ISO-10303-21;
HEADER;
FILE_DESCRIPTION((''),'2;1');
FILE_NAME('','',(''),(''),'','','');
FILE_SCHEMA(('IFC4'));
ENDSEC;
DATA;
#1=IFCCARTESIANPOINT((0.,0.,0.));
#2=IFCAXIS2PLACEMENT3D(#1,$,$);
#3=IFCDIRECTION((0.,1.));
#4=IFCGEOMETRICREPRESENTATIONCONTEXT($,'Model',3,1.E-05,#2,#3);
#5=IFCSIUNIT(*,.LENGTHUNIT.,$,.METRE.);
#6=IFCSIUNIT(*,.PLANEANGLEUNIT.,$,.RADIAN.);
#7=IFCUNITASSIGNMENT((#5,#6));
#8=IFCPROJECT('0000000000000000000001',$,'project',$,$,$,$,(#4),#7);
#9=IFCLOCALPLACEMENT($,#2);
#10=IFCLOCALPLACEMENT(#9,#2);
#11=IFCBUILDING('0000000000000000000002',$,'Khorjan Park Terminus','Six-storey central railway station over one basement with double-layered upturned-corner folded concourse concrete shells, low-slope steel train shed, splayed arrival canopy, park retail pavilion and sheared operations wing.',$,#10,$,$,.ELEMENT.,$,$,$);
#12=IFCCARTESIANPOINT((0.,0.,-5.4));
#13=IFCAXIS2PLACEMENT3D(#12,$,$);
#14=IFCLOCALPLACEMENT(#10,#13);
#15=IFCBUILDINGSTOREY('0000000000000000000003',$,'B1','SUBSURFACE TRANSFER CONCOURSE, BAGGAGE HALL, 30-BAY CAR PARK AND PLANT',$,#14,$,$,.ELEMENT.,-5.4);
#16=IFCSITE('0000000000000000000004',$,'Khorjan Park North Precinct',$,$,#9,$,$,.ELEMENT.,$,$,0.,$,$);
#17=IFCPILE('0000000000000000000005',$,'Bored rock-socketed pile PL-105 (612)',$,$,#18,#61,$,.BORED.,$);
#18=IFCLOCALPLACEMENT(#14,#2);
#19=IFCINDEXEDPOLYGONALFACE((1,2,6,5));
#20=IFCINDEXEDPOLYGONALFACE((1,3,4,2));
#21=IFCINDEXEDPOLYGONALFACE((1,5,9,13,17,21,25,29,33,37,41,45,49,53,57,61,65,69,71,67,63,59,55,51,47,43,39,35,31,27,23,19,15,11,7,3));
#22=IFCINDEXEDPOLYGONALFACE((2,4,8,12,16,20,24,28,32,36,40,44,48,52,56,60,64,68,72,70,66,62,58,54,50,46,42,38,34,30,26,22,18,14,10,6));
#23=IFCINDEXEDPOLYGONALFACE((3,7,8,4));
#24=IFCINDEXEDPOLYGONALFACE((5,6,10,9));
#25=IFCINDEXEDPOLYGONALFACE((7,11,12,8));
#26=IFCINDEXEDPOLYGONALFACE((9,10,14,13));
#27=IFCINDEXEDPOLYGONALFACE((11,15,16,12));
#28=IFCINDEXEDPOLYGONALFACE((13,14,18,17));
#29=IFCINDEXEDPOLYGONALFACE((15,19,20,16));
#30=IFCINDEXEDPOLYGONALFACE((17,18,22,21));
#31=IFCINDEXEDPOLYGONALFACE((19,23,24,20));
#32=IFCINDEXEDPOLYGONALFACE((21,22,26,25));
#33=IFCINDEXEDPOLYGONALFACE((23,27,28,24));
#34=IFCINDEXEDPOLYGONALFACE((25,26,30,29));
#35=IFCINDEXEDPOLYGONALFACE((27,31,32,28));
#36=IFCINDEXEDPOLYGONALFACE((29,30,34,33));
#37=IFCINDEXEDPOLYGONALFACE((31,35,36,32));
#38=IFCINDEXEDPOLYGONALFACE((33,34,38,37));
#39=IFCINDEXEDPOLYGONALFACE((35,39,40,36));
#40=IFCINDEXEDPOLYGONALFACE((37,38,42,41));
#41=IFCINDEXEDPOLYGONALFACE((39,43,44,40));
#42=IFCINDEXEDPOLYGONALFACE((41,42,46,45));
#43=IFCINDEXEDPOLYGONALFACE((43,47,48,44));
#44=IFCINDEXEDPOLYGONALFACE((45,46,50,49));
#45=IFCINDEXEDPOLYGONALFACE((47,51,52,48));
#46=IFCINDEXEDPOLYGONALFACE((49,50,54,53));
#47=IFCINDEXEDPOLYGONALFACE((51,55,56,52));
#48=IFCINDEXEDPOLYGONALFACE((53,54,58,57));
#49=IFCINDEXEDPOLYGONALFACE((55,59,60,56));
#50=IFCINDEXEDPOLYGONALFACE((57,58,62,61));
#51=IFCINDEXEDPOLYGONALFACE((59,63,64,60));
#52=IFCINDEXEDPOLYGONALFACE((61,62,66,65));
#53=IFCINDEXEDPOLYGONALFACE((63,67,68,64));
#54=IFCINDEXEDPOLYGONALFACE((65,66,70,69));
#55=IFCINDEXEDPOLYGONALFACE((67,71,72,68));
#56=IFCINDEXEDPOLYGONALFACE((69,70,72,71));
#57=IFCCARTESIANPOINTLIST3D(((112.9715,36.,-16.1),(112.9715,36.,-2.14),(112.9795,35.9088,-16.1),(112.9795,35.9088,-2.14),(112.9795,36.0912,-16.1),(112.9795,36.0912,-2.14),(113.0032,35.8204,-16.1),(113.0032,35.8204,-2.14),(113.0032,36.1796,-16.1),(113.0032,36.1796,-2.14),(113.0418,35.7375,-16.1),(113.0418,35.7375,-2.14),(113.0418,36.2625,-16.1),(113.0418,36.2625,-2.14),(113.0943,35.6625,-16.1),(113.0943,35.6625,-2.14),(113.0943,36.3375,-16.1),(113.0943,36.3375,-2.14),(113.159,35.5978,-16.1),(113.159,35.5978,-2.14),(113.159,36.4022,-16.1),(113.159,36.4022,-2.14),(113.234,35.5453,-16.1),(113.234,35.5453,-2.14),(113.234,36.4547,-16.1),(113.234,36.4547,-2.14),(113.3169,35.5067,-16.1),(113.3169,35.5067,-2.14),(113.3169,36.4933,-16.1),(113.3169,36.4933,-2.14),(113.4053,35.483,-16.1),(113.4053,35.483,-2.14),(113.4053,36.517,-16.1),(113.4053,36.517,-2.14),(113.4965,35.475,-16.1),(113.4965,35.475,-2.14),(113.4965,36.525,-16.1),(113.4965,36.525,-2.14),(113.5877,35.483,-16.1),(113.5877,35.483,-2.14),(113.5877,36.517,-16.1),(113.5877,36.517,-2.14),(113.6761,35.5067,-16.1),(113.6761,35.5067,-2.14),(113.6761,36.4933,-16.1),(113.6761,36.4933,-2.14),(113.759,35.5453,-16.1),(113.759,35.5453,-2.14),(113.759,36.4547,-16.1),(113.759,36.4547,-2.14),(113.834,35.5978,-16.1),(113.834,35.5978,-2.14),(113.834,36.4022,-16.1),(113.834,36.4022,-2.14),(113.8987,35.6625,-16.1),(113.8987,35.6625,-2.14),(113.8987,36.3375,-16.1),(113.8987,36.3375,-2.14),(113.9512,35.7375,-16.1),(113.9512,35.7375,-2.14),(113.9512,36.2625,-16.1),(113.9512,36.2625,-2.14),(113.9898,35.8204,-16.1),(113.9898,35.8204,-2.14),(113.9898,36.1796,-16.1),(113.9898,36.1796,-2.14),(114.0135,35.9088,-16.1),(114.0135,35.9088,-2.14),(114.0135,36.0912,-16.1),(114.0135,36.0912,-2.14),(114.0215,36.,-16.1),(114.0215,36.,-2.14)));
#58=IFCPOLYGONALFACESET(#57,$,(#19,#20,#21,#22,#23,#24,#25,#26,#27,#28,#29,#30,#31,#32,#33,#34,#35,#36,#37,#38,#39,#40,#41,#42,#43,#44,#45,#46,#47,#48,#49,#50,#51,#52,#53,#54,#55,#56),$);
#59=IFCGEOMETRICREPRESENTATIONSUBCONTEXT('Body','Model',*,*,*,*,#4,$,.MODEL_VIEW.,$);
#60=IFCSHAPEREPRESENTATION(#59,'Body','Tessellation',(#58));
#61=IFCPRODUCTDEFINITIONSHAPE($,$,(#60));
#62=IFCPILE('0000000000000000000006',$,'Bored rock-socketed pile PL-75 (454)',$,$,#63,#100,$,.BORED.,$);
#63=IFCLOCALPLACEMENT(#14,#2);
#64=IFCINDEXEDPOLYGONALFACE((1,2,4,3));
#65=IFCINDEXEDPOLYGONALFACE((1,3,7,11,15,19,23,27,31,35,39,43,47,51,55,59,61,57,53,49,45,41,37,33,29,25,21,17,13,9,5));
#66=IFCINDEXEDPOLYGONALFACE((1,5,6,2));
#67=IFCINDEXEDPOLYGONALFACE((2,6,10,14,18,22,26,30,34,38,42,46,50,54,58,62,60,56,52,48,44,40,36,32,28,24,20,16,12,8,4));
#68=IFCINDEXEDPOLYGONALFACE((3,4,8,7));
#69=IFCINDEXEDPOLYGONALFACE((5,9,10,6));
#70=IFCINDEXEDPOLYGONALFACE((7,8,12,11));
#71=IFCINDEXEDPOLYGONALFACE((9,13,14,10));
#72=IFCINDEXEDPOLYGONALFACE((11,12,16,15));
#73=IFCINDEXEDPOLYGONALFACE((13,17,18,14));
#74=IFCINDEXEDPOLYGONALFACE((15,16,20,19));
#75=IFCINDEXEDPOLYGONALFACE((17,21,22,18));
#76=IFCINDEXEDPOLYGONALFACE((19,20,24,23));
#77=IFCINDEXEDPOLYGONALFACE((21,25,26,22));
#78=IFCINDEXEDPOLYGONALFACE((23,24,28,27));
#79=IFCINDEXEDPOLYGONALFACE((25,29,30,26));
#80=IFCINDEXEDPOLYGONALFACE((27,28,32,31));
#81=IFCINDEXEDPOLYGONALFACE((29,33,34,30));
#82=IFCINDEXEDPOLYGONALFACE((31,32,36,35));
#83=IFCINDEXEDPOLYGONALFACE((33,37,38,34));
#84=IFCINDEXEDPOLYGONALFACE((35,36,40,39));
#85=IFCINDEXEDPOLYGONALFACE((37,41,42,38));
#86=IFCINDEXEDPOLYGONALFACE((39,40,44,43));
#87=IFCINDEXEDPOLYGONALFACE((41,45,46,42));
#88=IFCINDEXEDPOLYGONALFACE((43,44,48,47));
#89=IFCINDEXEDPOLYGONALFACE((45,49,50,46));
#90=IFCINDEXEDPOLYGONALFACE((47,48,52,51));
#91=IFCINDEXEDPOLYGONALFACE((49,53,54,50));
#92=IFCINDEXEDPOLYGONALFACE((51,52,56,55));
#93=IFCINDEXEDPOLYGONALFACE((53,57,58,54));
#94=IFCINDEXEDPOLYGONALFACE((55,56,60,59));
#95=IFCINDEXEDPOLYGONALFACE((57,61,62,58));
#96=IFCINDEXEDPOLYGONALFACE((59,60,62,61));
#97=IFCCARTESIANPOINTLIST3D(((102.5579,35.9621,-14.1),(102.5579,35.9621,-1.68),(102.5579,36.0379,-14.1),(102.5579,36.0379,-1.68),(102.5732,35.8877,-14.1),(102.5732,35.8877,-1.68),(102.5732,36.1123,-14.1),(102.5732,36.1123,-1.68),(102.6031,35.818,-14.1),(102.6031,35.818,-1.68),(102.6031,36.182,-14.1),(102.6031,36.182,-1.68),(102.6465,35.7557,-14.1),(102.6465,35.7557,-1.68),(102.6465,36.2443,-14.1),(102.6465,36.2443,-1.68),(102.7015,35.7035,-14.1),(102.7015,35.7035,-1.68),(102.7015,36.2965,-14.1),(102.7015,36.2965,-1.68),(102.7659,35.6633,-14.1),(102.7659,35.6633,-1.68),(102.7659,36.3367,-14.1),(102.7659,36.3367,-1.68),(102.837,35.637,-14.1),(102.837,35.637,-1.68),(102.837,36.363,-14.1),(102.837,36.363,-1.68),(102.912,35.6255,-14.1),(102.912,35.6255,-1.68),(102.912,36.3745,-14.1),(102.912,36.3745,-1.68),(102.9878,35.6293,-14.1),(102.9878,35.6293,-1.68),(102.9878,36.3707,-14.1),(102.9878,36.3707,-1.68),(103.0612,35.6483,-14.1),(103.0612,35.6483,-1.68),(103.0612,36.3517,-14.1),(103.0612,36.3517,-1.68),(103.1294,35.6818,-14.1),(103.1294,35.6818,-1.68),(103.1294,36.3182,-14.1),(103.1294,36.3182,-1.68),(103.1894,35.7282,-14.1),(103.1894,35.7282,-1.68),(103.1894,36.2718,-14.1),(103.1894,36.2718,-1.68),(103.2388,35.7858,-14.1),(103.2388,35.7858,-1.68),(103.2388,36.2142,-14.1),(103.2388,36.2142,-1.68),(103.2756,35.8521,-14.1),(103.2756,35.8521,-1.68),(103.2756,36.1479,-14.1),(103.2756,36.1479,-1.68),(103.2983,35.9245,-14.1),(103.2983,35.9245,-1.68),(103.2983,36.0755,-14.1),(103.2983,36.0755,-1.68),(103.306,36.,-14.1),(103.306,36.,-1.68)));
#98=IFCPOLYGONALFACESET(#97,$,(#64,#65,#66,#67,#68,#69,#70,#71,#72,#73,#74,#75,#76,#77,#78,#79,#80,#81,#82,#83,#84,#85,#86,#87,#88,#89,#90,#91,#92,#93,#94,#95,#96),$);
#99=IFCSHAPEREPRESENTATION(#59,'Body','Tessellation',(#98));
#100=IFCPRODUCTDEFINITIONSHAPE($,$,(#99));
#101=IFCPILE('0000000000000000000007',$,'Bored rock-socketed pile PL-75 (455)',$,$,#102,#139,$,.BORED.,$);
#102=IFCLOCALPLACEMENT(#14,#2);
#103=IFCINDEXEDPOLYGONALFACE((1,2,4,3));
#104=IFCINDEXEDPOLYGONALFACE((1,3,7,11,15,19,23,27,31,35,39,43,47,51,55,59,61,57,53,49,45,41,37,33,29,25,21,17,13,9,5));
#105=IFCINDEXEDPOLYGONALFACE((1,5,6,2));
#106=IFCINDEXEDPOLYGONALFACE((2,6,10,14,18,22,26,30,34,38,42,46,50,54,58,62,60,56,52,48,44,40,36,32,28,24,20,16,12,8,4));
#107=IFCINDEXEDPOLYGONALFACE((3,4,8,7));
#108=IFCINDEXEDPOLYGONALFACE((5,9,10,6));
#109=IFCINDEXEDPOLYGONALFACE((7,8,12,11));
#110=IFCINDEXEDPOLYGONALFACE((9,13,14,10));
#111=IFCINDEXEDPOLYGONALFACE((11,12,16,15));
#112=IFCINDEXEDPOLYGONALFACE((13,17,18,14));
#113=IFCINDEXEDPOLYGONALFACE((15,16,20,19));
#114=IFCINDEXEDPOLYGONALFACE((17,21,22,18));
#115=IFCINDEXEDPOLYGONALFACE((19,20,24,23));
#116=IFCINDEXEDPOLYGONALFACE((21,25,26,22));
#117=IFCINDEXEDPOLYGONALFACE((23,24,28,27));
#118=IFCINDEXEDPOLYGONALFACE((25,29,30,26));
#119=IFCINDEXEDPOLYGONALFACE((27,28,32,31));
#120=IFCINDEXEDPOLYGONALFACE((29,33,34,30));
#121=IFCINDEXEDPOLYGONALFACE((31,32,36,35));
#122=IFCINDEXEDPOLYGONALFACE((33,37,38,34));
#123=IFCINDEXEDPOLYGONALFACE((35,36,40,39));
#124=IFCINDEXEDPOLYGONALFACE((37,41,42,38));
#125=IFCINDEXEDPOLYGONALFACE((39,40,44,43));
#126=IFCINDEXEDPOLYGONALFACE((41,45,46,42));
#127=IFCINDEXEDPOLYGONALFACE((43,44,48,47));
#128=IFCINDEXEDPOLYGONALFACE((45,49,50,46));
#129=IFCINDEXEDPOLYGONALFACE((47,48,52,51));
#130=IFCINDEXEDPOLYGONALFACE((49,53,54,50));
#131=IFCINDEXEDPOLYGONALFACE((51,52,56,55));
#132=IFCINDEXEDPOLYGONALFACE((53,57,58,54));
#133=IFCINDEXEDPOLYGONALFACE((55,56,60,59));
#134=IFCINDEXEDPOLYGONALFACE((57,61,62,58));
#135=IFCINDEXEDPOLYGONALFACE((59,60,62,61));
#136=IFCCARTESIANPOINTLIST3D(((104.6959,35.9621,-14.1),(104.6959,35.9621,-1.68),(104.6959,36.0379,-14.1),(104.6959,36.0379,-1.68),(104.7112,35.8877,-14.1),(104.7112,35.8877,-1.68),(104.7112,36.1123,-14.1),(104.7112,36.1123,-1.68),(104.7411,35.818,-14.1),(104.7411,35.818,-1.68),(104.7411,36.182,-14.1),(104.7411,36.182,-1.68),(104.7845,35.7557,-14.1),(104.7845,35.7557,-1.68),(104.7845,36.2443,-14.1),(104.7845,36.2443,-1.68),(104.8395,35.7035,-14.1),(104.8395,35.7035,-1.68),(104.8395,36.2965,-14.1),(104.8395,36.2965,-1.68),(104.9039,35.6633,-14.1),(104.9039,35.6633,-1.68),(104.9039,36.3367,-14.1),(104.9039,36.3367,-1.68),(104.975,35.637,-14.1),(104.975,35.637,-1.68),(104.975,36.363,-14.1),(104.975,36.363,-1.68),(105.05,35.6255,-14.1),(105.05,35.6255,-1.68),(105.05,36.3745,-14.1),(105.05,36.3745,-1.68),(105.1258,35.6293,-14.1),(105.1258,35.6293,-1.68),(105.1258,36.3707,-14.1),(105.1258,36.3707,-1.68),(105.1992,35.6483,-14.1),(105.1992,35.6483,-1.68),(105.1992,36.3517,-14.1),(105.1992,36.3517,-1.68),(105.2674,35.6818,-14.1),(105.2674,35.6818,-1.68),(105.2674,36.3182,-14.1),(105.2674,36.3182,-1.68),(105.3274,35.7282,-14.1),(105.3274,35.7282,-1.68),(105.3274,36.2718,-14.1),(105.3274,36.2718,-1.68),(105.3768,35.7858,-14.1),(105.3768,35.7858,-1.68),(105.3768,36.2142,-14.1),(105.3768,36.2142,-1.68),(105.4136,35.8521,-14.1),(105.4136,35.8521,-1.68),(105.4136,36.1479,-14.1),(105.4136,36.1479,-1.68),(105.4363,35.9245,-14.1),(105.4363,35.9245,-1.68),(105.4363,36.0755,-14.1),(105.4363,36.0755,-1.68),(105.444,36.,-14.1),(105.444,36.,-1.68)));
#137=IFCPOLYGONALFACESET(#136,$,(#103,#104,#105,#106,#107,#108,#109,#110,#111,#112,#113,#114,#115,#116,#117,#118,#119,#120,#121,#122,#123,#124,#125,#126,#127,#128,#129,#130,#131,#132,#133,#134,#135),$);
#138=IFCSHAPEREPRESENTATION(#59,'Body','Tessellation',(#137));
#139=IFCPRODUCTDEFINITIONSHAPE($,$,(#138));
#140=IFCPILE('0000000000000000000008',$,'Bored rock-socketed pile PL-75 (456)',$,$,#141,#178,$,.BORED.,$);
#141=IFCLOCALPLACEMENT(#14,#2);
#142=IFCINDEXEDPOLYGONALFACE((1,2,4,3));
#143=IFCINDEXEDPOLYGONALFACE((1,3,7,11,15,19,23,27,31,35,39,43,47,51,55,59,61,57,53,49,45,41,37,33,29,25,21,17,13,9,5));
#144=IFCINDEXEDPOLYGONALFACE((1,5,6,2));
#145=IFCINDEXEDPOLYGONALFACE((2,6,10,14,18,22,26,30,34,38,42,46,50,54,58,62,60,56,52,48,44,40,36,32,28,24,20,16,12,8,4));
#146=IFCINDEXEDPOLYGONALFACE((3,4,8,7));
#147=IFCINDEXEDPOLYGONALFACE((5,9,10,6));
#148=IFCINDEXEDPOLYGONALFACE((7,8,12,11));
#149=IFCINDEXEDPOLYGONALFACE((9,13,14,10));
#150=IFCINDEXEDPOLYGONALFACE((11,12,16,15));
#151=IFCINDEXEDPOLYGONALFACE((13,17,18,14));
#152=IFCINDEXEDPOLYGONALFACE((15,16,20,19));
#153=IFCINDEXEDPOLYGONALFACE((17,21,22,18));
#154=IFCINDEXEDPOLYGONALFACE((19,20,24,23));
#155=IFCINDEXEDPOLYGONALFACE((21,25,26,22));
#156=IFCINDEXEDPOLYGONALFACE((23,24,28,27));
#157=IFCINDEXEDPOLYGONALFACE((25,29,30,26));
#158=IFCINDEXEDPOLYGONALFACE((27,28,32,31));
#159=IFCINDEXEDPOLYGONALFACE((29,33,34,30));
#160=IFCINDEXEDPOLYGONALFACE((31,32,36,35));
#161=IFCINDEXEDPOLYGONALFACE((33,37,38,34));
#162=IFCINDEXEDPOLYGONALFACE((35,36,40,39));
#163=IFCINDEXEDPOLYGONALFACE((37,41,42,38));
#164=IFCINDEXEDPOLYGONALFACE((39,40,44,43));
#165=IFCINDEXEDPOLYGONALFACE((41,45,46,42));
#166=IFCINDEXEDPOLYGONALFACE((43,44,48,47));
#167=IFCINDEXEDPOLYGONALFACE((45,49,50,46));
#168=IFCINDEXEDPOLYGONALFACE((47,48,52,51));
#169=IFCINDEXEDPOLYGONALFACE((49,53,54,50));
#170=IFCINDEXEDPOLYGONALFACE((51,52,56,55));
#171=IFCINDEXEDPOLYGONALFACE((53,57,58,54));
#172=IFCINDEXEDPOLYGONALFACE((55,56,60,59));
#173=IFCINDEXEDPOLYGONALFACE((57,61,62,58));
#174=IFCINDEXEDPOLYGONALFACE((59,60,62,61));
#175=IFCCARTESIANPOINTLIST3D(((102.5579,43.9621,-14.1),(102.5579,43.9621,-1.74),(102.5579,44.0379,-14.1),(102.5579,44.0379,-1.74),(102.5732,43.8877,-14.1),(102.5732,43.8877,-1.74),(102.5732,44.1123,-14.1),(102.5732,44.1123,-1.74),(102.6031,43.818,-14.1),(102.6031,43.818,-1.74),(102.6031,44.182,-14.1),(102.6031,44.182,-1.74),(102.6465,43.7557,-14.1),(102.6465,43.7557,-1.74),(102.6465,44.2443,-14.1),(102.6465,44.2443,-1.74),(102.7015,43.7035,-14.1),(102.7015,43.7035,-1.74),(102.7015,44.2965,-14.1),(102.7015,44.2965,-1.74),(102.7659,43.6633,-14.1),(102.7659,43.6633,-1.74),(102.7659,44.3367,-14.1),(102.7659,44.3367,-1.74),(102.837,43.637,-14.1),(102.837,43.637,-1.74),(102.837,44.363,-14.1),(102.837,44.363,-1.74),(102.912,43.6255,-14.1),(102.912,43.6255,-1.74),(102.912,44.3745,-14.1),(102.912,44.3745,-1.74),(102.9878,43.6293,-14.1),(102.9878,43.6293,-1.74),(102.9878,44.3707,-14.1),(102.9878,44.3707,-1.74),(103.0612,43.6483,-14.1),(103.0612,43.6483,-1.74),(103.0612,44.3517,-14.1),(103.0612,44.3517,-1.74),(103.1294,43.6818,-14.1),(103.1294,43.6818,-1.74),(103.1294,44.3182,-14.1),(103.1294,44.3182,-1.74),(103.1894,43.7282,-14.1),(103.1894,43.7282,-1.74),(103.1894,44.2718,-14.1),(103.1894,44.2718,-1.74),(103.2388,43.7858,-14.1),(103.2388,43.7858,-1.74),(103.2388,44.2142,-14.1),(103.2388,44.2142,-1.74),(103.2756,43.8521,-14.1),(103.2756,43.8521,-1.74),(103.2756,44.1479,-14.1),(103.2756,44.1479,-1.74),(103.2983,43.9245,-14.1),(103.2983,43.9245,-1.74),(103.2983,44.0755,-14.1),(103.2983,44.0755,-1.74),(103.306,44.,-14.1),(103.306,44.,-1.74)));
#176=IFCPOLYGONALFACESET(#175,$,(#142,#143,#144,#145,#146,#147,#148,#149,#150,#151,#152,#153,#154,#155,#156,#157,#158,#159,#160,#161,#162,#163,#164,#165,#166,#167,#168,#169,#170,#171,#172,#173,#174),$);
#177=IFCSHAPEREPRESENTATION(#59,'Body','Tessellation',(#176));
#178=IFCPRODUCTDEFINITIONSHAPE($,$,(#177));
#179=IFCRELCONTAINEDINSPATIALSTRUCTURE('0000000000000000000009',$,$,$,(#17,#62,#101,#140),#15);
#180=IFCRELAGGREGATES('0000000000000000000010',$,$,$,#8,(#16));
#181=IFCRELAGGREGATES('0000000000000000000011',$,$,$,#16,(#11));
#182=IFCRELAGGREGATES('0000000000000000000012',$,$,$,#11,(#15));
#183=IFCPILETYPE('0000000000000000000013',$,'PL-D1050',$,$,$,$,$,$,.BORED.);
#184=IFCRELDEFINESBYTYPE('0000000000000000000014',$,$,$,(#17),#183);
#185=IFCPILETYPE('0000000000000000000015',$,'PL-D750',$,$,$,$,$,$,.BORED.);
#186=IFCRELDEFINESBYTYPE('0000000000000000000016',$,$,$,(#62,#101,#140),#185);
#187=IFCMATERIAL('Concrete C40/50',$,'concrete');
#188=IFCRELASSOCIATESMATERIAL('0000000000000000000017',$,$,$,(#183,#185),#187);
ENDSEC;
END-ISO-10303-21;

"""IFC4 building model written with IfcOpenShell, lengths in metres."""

from ifc_helpers import new_model, si_unit, direction, frame, origin, origin_2d, place, context, subcontext, project, spatial, circle, extrude, material, material_profile, profile_set, type_object, element, save


model = new_model("IFC4")

# Units and contexts
model_context = context("Model", 3, precision=1e-05, world=origin(), true_north=direction((0.0, 1.0)))
body_context = subcontext(model_context, "Body", "Model", "MODEL_VIEW")
ifc_project = project(units=[si_unit("LENGTHUNIT", "METRE"), si_unit("PLANEANGLEUNIT", "RADIAN")], contexts=[model_context])

# Site, building, storey
site_placement = place(None, origin())
site = spatial("IfcSite", under=ifc_project, at=site_placement, Name="Khorjan Park North Precinct", CompositionType="ELEMENT", RefElevation=0.0)
building_placement = place(site_placement, origin())
building = spatial("IfcBuilding", under=site, at=building_placement, Name="Khorjan Park Terminus", Description="Six-storey central railway station over one basement with double-layered upturned-corner folded concourse concrete shells, low-slope steel train shed, splayed arrival canopy, park retail pavilion and sheared operations wing.", CompositionType="ELEMENT")
storey_placement = place(building_placement, frame((0.0, 0.0, -5.4)))
storey = spatial("IfcBuildingStorey", under=building, at=storey_placement, Name="B1", Description="SUBSURFACE TRANSFER CONCOURSE, BAGGAGE HALL, 30-BAY CAR PARK AND PLANT", CompositionType="ELEMENT", Elevation=-5.4)

# Shared definitions
ifc_material_1 = material(Name="Concrete C40/50", Category="concrete")

# Piles
ifc_material_profile_1 = material_profile(ifc_material_1, circle(Radius=0.525, at=origin_2d()), Name="BORED D1050")
ifc_profile_set_1 = profile_set([ifc_material_profile_1], Name="Concrete C40/50")
pile_type_1 = type_object("IfcPileType", Name="PL-D1050", PredefinedType="BORED", material=ifc_profile_set_1)
for number, where, z_axis, x_axis, name in (
    (1, (113.4965, 36.0, -2.14), (0.0, 0.0, -1.0), (1.0, 0.0, 0.0), "Bored rock-socketed pile PL-105 (612)"),
):
    element("IfcPile", number, at=place(storey_placement, frame(where, z_axis=z_axis, x_axis=x_axis)), inside=storey, type_object=pile_type_1, Name=name, PredefinedType="BORED", context=body_context, shape_type="SweptSolid", body=[
        extrude(circle(Radius=0.525, at=origin_2d()), origin(), (0.0, 0.0, 1.0), 13.96),
    ])
ifc_material_profile_2 = material_profile(ifc_material_1, circle(Radius=0.375, at=origin_2d()), Name="BORED D750")
ifc_profile_set_2 = profile_set([ifc_material_profile_2], Name="Concrete C40/50")
pile_type_2 = type_object("IfcPileType", Name="PL-D750", PredefinedType="BORED", material=ifc_profile_set_2)
for number, where, z_axis, x_axis, name in (
    (2, (102.931, 36.0, -1.68), (0.0, 0.0, -1.0), (1.0, 0.0, 0.0), "Bored rock-socketed pile PL-75 (454)"),
    (3, (105.069, 36.0, -1.68), (0.0, 0.0, -1.0), (1.0, 0.0, 0.0), "Bored rock-socketed pile PL-75 (455)"),
):
    element("IfcPile", number, at=place(storey_placement, frame(where, z_axis=z_axis, x_axis=x_axis)), inside=storey, type_object=pile_type_2, Name=name, PredefinedType="BORED", context=body_context, shape_type="SweptSolid", body=[
        extrude(circle(Radius=0.375, at=origin_2d()), origin(), (0.0, 0.0, 1.0), 12.42),
    ])
for number, where, z_axis, x_axis, name in (
    (4, (102.931, 44.0, -1.74), (0.0, 0.0, -1.0), (1.0, 0.0, 0.0), "Bored rock-socketed pile PL-75 (456)"),
):
    element("IfcPile", number, at=place(storey_placement, frame(where, z_axis=z_axis, x_axis=x_axis)), inside=storey, type_object=pile_type_2, Name=name, PredefinedType="BORED", context=body_context, shape_type="SweptSolid", body=[
        extrude(circle(Radius=0.375, at=origin_2d()), origin(), (0.0, 0.0, 1.0), 12.36),
    ])

save(model, "model.ifc")
